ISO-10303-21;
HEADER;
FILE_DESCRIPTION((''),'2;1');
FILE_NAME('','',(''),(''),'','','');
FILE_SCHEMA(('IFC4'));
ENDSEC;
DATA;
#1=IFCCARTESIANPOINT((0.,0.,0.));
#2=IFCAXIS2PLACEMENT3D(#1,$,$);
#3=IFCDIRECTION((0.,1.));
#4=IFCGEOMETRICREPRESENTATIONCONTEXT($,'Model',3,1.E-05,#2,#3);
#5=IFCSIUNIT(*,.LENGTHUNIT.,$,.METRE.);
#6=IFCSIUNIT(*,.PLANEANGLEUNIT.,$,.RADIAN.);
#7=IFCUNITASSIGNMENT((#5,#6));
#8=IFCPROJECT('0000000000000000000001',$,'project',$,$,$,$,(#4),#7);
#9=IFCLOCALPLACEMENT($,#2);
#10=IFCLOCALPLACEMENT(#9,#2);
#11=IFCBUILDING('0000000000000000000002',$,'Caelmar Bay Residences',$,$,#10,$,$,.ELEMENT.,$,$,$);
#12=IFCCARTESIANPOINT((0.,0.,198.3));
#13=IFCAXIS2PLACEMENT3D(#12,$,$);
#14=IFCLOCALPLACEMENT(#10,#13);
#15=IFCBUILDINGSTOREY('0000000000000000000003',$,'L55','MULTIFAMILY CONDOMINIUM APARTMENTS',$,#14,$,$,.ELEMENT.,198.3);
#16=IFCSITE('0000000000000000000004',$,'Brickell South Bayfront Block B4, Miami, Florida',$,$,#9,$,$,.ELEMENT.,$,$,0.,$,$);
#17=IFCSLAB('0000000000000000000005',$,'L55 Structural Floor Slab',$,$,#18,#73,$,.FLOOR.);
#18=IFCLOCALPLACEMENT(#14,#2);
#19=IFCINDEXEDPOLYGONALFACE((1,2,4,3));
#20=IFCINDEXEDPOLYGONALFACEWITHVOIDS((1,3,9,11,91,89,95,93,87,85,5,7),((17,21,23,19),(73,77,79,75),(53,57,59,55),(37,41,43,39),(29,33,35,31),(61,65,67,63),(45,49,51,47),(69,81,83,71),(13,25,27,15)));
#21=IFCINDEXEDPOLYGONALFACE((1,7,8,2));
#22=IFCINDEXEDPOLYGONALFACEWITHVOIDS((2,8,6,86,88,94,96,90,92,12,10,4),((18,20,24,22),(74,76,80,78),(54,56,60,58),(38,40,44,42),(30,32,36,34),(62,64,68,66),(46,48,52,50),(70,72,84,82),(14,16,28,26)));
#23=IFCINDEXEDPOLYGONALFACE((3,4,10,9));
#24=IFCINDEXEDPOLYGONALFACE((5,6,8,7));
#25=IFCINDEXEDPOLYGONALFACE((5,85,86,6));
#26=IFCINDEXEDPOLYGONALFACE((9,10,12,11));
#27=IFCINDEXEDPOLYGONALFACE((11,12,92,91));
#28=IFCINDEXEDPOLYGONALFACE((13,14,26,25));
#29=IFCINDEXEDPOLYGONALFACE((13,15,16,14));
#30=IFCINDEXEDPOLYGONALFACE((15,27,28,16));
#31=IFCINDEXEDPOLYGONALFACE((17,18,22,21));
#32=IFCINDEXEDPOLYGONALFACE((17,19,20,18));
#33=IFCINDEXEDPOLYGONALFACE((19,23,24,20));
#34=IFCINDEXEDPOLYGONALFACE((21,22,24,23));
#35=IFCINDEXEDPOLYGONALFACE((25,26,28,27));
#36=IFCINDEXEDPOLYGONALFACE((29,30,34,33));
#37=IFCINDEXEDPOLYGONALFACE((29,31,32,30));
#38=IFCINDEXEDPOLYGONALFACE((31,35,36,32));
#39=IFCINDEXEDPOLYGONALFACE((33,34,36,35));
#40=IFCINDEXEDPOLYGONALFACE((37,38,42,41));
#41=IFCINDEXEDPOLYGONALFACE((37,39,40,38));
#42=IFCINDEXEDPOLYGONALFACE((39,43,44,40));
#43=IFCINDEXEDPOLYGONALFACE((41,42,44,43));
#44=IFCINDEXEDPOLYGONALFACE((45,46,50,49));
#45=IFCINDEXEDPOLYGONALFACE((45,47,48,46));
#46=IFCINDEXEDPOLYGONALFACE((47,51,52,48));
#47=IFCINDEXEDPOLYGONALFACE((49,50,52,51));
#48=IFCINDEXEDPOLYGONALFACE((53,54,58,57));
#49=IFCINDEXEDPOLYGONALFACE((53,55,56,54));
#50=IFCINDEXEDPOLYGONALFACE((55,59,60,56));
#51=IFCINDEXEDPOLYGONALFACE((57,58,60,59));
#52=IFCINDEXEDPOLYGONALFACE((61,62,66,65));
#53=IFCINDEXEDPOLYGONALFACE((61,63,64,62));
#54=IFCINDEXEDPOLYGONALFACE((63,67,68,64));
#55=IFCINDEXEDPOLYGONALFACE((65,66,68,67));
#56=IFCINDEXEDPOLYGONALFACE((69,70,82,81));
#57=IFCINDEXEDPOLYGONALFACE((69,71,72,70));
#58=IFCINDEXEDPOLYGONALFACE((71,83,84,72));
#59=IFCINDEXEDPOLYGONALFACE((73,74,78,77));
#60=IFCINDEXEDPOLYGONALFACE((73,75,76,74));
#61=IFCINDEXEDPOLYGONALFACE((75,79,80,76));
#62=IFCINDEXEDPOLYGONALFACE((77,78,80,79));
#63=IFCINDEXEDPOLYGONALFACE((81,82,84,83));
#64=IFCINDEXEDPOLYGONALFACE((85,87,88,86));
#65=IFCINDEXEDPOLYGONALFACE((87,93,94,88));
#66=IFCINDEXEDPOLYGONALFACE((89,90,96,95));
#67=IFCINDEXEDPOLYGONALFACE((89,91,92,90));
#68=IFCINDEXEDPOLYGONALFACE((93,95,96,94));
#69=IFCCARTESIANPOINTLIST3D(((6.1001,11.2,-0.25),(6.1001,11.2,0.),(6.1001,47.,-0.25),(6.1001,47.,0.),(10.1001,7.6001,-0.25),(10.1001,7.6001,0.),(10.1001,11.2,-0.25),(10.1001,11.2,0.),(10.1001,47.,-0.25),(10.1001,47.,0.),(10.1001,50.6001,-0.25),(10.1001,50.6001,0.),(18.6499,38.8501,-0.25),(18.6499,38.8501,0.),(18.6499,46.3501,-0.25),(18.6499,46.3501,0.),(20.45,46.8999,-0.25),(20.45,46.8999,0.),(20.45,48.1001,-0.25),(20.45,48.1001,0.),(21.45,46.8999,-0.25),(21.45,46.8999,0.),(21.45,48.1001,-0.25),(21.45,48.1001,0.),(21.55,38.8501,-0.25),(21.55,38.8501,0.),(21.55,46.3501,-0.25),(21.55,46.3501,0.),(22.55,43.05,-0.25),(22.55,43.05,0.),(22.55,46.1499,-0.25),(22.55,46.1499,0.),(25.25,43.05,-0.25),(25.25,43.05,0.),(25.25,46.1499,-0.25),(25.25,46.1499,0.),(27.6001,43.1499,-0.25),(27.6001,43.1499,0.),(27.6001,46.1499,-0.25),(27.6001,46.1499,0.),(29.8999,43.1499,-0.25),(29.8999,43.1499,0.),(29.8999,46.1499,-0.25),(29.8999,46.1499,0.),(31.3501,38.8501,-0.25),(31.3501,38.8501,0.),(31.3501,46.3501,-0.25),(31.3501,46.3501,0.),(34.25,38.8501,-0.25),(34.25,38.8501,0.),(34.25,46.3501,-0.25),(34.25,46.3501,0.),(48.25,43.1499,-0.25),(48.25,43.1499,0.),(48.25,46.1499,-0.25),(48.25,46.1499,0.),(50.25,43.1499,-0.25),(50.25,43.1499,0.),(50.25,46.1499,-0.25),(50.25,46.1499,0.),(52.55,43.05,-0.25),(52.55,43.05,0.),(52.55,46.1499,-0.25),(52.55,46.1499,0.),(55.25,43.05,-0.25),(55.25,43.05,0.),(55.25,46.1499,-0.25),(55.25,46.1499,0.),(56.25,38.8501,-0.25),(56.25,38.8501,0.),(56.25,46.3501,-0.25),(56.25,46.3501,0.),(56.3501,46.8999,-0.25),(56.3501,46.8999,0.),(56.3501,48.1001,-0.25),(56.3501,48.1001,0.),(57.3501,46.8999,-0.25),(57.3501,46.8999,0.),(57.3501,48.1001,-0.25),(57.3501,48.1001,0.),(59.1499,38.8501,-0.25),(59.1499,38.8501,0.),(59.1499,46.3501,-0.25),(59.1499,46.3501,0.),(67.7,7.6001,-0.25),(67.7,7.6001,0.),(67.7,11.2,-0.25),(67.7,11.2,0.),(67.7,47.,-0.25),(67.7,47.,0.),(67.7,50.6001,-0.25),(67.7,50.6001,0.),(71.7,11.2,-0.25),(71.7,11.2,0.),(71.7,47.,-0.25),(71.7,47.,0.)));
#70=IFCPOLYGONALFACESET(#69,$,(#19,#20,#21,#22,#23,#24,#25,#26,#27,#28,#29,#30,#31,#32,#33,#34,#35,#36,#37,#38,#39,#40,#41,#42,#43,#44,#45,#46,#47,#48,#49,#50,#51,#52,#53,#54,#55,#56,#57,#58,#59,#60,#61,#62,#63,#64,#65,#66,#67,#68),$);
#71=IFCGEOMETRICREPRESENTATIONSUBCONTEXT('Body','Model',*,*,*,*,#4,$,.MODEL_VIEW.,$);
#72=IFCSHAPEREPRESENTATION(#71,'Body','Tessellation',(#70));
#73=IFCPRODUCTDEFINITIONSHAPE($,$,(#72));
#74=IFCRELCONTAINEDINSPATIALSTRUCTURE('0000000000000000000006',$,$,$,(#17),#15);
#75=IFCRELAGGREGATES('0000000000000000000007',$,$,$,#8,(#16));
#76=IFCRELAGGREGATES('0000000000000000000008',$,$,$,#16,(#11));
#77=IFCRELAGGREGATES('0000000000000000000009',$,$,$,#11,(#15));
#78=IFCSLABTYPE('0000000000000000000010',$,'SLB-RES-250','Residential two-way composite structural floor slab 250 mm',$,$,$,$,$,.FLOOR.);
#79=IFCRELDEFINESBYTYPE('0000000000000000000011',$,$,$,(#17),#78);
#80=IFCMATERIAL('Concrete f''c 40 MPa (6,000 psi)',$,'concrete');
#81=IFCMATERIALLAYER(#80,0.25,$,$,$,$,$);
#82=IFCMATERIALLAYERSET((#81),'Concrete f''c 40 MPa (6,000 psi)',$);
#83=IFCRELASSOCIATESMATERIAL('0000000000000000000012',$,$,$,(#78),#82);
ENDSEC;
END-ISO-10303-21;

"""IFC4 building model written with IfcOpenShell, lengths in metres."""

from ifc_helpers import new_model, si_unit, direction, frame, origin, place, context, subcontext, project, spatial, polyline, outline, extrude, material, layer, layer_set, type_object, element, save


model = new_model("IFC4")

# Units and contexts
model_context = context("Model", 3, precision=1e-05, world=origin(), true_north=direction((0.0, 1.0)))
body_context = subcontext(model_context, "Body", "Model", "MODEL_VIEW")
ifc_project = project(units=[si_unit("LENGTHUNIT", "METRE"), si_unit("PLANEANGLEUNIT", "RADIAN")], contexts=[model_context])

# Site, building, storey
site_placement = place(None, origin())
site = spatial("IfcSite", under=ifc_project, at=site_placement, Name="Brickell South Bayfront Block B4, Miami, Florida", CompositionType="ELEMENT", RefElevation=0.0)
building_placement = place(site_placement, origin())
building = spatial("IfcBuilding", under=site, at=building_placement, Name="Caelmar Bay Residences", CompositionType="ELEMENT")
storey_placement = place(building_placement, frame((0.0, 0.0, 198.3)))
storey = spatial("IfcBuildingStorey", under=building, at=storey_placement, Name="L55", Description="MULTIFAMILY CONDOMINIUM APARTMENTS", CompositionType="ELEMENT", Elevation=198.3)

# Shared definitions
ifc_material_1 = material(Name="Concrete f'c 40 MPa (6,000 psi)", Category="concrete")

# Slab
ifc_layer_1 = layer(ifc_material_1, 0.25)
ifc_layer_set_1 = layer_set([ifc_layer_1], Name="Concrete f'c 40 MPa (6,000 psi)")
slab_type_1 = type_object("IfcSlabType", Name="SLB-RES-250", Description="Residential two-way composite structural floor slab 250 mm", PredefinedType="FLOOR", material=ifc_layer_set_1)
slab_1_placement = place(storey_placement, frame((0.0, 0.0, -0.25)))
element("IfcSlab", 1, at=slab_1_placement, inside=storey, type_object=slab_type_1, Name="L55 Structural Floor Slab", PredefinedType="FLOOR", context=body_context, shape_type="SweptSolid", body=[
    extrude(outline(polyline([(10.1001, 7.6001), (67.7, 7.6001), (67.7, 11.2), (71.7, 11.2), (71.7, 47.0), (67.7, 47.0), (67.7, 50.6001), (10.1001, 50.6001), (10.1001, 47.0), (6.1001, 47.0), (6.1001, 11.2), (10.1001, 11.2), (10.1001, 7.6001)]), holes=[polyline([(18.6499, 38.8501), (21.55, 38.8501), (21.55, 46.3501), (18.6499, 46.3501), (18.6499, 38.8501)]), polyline([(56.25, 38.8501), (59.1499, 38.8501), (59.1499, 46.3501), (56.25, 46.3501), (56.25, 38.8501)]), polyline([(31.3501, 38.8501), (34.25, 38.8501), (34.25, 46.3501), (31.3501, 46.3501), (31.3501, 38.8501)]), polyline([(22.55, 43.05), (25.25, 43.05), (25.25, 46.1499), (22.55, 46.1499), (22.55, 43.05)]), polyline([(52.55, 43.05), (55.25, 43.05), (55.25, 46.1499), (52.55, 46.1499), (52.55, 43.05)]), polyline([(48.25, 43.1499), (50.25, 43.1499), (50.25, 46.1499), (48.25, 46.1499), (48.25, 43.1499)]), polyline([(27.6001, 43.1499), (29.8999, 43.1499), (29.8999, 46.1499), (27.6001, 46.1499), (27.6001, 43.1499)]), polyline([(20.45, 46.8999), (21.45, 46.8999), (21.45, 48.1001), (20.45, 48.1001), (20.45, 46.8999)]), polyline([(56.3501, 46.8999), (57.3501, 46.8999), (57.3501, 48.1001), (56.3501, 48.1001), (56.3501, 46.8999)])]), origin(), (0.0, 0.0, 1.0), 0.25),
])

save(model, "model.ifc")
